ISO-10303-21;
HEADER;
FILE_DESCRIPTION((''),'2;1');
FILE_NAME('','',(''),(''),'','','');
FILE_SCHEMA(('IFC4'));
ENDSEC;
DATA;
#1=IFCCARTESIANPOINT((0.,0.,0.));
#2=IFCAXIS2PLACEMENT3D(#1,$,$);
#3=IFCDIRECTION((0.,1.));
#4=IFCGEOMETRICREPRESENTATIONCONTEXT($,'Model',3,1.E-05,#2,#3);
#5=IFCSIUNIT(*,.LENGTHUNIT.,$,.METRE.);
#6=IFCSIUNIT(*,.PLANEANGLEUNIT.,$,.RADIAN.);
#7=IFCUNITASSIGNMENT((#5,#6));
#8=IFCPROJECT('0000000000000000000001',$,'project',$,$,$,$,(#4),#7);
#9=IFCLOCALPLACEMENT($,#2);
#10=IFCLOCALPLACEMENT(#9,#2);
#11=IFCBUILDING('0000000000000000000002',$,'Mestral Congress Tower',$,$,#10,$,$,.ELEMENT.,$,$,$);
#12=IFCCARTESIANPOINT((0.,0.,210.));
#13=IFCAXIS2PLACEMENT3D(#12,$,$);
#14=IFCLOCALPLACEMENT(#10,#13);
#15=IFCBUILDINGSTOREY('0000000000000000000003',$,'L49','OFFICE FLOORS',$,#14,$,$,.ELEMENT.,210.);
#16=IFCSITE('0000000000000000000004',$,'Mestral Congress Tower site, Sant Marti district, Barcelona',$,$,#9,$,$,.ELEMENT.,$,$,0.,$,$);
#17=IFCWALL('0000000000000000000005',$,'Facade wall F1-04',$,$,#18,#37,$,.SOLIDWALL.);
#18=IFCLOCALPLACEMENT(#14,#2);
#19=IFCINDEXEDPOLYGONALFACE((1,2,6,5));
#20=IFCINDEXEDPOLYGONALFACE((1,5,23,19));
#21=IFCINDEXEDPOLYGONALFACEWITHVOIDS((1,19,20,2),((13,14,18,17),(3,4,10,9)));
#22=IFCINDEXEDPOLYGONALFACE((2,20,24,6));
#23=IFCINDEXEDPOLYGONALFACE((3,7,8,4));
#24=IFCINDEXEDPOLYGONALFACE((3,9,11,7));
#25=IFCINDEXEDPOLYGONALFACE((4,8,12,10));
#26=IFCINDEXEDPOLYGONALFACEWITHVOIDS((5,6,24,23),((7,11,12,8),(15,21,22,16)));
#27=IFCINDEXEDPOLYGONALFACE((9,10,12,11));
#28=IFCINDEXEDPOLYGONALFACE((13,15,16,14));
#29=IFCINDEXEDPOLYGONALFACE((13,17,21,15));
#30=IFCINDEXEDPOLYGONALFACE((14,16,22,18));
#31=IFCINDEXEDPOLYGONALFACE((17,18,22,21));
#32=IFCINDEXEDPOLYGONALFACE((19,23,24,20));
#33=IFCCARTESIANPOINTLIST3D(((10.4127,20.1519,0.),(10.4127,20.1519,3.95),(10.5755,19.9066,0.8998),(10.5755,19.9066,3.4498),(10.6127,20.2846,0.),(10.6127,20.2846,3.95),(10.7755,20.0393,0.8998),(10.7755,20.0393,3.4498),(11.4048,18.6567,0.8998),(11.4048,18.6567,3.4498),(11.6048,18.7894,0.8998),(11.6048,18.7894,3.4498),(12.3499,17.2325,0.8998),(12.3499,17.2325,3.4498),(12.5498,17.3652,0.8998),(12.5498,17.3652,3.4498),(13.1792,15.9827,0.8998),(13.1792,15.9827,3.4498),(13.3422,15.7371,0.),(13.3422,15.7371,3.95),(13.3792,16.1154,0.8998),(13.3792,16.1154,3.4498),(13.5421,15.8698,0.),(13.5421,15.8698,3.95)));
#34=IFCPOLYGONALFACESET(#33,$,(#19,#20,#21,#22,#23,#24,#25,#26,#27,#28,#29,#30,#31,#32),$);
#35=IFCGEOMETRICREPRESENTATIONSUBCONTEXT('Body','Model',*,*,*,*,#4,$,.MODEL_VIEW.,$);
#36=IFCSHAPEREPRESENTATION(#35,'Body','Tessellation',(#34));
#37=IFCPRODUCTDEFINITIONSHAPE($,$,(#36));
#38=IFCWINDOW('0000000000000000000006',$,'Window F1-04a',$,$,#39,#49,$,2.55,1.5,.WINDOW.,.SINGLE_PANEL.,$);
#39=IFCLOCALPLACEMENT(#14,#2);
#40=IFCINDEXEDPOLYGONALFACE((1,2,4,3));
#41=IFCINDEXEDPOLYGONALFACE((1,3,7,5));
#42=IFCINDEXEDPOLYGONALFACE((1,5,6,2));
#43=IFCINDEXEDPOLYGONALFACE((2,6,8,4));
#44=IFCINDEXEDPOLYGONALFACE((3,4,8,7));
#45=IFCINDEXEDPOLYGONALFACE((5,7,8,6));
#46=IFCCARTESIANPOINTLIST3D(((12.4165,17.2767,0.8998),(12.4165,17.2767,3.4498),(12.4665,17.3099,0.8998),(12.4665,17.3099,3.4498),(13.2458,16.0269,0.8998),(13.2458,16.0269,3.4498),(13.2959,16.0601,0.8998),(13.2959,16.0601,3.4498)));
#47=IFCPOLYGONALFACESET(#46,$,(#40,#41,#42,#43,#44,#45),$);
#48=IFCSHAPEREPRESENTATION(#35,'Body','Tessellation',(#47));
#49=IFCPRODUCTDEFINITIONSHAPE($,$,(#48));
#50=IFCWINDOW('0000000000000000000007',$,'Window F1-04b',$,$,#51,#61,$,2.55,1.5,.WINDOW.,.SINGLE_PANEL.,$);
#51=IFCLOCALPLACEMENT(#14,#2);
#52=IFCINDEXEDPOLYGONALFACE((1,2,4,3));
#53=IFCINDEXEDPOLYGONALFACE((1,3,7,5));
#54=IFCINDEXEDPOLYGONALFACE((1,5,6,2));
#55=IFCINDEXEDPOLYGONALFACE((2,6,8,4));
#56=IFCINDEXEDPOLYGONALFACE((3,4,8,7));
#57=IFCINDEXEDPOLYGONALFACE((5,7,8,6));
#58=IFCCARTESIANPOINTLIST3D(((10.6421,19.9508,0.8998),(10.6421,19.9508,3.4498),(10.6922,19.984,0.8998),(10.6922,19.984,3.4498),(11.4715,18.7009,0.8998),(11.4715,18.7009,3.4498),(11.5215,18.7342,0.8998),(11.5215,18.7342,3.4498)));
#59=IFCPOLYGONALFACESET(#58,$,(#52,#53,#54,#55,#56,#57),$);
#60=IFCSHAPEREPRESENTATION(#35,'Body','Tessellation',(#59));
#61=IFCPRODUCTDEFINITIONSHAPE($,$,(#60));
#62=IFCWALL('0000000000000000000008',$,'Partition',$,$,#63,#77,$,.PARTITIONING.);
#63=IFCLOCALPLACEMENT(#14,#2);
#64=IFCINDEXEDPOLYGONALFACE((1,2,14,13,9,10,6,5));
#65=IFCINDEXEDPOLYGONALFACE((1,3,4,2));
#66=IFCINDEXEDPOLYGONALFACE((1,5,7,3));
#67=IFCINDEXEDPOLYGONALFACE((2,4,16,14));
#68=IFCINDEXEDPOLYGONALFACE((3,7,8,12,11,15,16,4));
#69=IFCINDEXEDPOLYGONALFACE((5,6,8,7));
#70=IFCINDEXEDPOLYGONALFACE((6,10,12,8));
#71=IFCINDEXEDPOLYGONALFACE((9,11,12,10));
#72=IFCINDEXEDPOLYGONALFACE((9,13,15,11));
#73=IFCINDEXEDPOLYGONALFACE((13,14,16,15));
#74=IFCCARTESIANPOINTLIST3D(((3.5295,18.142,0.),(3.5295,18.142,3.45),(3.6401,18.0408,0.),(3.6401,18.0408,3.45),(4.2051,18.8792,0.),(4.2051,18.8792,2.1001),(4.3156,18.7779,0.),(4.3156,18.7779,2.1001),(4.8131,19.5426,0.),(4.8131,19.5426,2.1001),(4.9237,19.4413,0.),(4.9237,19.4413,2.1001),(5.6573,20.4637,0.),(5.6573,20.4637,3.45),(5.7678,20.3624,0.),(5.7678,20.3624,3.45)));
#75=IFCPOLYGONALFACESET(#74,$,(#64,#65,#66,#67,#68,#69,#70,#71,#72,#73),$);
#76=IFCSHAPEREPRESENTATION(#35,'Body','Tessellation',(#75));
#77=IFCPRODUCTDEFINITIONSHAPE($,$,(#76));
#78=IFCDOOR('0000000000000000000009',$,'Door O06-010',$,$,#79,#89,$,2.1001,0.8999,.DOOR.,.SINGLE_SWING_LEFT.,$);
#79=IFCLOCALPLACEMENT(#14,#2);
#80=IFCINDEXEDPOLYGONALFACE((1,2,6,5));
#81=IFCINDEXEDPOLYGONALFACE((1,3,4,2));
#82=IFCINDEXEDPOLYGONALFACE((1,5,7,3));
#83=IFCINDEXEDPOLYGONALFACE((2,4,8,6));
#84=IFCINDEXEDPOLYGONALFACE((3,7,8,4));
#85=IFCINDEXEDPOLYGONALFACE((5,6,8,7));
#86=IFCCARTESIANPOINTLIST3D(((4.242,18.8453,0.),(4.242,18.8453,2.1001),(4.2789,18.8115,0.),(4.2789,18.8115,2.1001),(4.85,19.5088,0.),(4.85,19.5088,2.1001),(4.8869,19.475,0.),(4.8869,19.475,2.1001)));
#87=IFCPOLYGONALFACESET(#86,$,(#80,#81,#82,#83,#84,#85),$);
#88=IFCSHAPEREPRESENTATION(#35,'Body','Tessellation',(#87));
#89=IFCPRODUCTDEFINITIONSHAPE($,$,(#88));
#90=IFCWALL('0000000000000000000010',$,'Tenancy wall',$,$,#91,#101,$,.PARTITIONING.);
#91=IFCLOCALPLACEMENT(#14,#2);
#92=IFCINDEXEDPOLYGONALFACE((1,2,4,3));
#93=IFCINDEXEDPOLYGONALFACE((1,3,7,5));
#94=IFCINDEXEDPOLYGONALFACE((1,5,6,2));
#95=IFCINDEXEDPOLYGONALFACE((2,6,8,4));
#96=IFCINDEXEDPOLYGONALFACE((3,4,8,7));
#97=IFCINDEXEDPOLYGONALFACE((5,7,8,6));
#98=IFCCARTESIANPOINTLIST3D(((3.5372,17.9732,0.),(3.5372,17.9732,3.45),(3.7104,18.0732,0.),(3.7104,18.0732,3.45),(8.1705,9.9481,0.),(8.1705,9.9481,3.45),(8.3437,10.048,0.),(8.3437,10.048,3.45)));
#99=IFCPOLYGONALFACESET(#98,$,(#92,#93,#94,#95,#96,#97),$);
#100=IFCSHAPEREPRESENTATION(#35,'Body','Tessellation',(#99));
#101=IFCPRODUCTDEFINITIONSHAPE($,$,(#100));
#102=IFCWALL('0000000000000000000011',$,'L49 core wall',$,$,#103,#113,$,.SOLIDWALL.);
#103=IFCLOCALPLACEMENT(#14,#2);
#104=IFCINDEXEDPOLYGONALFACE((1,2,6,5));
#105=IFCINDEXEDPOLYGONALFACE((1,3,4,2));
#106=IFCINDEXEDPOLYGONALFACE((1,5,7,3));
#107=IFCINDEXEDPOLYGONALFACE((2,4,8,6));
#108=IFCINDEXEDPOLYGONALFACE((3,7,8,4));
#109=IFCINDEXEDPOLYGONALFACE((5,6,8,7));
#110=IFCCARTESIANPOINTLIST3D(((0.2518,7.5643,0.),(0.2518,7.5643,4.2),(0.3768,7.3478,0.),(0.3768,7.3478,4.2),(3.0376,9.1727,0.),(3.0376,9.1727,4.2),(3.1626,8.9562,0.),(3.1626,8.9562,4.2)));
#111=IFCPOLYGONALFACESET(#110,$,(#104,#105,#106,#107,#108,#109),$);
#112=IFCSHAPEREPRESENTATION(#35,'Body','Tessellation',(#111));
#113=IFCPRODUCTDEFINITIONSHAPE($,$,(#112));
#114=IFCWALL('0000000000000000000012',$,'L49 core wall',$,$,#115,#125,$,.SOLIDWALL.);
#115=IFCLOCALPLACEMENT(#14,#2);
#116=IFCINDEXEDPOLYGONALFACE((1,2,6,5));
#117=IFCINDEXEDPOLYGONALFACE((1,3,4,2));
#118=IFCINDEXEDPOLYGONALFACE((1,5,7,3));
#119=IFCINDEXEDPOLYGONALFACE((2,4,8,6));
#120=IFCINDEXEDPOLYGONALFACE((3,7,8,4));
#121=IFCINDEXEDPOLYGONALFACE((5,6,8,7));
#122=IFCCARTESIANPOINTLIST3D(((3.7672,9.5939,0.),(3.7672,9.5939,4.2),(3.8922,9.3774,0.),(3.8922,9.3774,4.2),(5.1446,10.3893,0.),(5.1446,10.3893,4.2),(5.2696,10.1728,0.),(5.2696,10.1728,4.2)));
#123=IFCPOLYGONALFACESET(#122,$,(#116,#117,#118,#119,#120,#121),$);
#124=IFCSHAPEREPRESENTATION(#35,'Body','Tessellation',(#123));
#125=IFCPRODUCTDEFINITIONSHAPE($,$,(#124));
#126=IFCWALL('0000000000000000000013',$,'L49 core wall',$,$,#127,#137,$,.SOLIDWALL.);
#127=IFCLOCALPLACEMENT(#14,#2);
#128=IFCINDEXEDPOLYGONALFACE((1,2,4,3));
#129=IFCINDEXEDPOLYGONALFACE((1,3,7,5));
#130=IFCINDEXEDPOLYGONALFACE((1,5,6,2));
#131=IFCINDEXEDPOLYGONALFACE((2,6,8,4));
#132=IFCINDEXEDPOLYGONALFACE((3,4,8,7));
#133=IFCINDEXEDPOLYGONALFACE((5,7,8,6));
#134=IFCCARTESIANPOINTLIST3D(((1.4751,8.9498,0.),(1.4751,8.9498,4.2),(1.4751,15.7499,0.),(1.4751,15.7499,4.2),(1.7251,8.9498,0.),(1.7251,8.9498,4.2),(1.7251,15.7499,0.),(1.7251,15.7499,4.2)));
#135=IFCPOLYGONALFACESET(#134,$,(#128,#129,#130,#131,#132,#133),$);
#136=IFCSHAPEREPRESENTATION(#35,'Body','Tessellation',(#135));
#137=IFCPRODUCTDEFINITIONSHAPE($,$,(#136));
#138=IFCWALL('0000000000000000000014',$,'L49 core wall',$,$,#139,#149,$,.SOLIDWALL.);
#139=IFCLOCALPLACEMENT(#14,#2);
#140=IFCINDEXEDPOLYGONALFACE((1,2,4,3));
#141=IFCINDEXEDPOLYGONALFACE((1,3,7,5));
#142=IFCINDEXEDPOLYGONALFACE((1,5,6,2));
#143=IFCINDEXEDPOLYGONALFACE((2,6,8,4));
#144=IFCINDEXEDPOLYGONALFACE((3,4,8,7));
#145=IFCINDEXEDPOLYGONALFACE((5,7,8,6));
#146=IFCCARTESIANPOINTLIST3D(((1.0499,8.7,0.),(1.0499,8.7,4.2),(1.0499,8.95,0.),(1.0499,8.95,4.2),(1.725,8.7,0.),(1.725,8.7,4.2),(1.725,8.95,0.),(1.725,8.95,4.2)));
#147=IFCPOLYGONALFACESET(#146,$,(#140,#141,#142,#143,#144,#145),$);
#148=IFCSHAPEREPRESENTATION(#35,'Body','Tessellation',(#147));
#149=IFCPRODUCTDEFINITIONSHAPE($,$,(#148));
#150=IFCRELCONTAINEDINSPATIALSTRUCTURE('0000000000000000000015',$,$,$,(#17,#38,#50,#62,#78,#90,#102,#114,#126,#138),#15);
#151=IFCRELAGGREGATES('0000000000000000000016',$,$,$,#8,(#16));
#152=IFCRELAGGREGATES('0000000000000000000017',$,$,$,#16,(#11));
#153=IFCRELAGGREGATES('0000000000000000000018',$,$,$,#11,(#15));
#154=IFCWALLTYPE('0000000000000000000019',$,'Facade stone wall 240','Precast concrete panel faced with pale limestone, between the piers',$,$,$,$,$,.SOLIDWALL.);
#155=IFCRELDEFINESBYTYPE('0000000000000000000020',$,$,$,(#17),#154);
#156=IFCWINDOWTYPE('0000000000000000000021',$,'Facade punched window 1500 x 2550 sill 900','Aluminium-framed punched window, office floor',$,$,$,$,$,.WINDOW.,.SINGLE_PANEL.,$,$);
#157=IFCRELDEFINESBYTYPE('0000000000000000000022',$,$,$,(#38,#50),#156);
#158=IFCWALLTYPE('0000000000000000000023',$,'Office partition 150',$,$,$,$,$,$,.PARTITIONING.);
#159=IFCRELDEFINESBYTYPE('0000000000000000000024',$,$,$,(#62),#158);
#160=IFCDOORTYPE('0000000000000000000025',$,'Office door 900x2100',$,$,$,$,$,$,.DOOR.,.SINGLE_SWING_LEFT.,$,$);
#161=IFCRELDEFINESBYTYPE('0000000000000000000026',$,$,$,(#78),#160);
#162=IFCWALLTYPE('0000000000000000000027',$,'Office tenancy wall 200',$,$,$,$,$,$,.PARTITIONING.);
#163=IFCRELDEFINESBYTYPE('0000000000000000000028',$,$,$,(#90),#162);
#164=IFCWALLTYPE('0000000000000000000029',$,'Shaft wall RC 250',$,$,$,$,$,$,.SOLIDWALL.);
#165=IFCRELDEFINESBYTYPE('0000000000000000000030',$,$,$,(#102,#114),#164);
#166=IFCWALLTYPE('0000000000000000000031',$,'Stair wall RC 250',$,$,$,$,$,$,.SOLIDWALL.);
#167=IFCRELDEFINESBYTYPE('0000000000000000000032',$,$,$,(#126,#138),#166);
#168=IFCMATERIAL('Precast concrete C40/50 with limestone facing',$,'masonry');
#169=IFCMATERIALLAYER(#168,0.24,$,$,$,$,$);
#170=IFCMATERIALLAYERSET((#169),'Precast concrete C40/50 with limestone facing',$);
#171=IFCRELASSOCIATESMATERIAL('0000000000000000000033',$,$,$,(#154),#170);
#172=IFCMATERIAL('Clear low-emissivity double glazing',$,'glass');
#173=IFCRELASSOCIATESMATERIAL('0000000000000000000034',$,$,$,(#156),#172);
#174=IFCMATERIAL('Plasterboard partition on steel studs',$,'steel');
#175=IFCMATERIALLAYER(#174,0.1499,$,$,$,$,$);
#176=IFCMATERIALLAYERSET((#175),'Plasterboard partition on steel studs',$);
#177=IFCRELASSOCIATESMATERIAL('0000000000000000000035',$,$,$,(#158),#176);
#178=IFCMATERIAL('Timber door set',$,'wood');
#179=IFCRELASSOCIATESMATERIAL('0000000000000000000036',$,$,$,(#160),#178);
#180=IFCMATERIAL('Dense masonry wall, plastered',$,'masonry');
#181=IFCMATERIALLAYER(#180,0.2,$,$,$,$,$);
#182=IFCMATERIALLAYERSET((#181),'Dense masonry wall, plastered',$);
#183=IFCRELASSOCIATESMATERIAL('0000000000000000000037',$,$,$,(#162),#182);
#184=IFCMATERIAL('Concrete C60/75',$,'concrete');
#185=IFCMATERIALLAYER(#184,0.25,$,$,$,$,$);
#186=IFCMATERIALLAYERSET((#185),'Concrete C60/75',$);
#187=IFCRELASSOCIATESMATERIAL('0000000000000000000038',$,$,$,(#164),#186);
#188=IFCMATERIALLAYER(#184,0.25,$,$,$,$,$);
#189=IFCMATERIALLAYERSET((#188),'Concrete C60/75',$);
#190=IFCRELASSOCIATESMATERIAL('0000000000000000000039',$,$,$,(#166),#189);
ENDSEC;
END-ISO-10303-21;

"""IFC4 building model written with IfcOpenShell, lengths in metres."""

from ifc_helpers import new_model, si_unit, direction, frame, frame_2d, origin, place, context, subcontext, project, spatial, rectangle, extrude, material, layer, layer_set, type_object, element, fill, save


model = new_model("IFC4")

# Units and contexts
model_context = context("Model", 3, precision=1e-05, world=origin(), true_north=direction((0.0, 1.0)))
body_context = subcontext(model_context, "Body", "Model", "MODEL_VIEW")
ifc_project = project(units=[si_unit("LENGTHUNIT", "METRE"), si_unit("PLANEANGLEUNIT", "RADIAN")], contexts=[model_context])

# Site, building, storey
site_placement = place(None, origin())
site = spatial("IfcSite", under=ifc_project, at=site_placement, Name="Mestral Congress Tower site, Sant Marti district, Barcelona", CompositionType="ELEMENT", RefElevation=0.0)
building_placement = place(site_placement, origin())
building = spatial("IfcBuilding", under=site, at=building_placement, Name="Mestral Congress Tower", CompositionType="ELEMENT")
storey_placement = place(building_placement, frame((0.0, 0.0, 210.0)))
storey = spatial("IfcBuildingStorey", under=building, at=storey_placement, Name="L49", Description="OFFICE FLOORS", CompositionType="ELEMENT", Elevation=210.0)

# Shared definitions
ifc_material_1 = material(Name="Concrete C60/75", Category="concrete")

# Wall, openings, windows
ifc_material_2 = material(Name="Precast concrete C40/50 with limestone facing", Category="masonry")
ifc_layer_1 = layer(ifc_material_2, 0.24)
ifc_layer_set_1 = layer_set([ifc_layer_1], Name="Precast concrete C40/50 with limestone facing")
wall_type_1 = type_object("IfcWallType", Name="Facade stone wall 240", Description="Precast concrete panel faced with pale limestone, between the piers", PredefinedType="SOLIDWALL", material=ifc_layer_set_1)
ifc_material_3 = material(Name="Clear low-emissivity double glazing", Category="glass")
window_type = type_object("IfcWindowType", Name="Facade punched window 1500 x 2550 sill 900", Description="Aluminium-framed punched window, office floor", PartitioningType="SINGLE_PANEL", PredefinedType="WINDOW", material=ifc_material_3)
wall_1_placement = place(storey_placement, frame((13.4421, 15.8035, 0.0), z_axis=(0.0, 0.0, 1.0), x_axis=(-0.552902, 0.833246, 0.0)))
wall_1 = element("IfcWall", 1, at=wall_1_placement, inside=storey, type_object=wall_type_1, Name="Facade wall F1-04", PredefinedType="SOLIDWALL", context=body_context, shape_type="SweptSolid", body=[
    extrude(rectangle(XDim=5.2983, YDim=0.24, at=frame_2d((2.6492, 0.0))), origin(), (0.0, 0.0, 1.0), 3.95),
])
opening_1_placement = place(wall_1_placement, frame((0.2947, 0.0, 0.8999)))
opening_1 = element("IfcOpeningElement", 2, at=opening_1_placement, cuts=wall_1, PredefinedType="OPENING", context=body_context, shape_type="SweptSolid", body=[
    extrude(rectangle(XDim=1.5, YDim=2.55, at=frame_2d((0.75, 1.2749))), frame((0.0, 0.1299, 0.0), z_axis=(0.0, -1.0, 0.0), x_axis=(1.0, 0.0, 0.0)), (0.0, 0.0, 1.0), 0.26),
])
opening_2_placement = place(wall_1_placement, frame((3.5039, 0.0, 0.8999)))
opening_2 = element("IfcOpeningElement", 3, at=opening_2_placement, cuts=wall_1, PredefinedType="OPENING", context=body_context, shape_type="SweptSolid", body=[
    extrude(rectangle(XDim=1.5, YDim=2.55, at=frame_2d((0.75, 1.2749))), frame((0.0, 0.1299, 0.0), z_axis=(0.0, -1.0, 0.0), x_axis=(1.0, 0.0, 0.0)), (0.0, 0.0, 1.0), 0.26),
])
window_1_placement = place(opening_1_placement, origin())
window_1 = element("IfcWindow", 4, at=window_1_placement, inside=storey, type_object=window_type, Name="Window F1-04a", OverallHeight=2.55, OverallWidth=1.5, PartitioningType="SINGLE_PANEL", PredefinedType="WINDOW", context=body_context, shape_type="SweptSolid", body=[
    extrude(rectangle(XDim=1.5, YDim=2.55, at=frame_2d((0.75, 1.2749))), frame((0.0, 0.04, 0.0), z_axis=(0.0, -1.0, 0.0), x_axis=(1.0, 0.0, 0.0)), (0.0, 0.0, 1.0), 0.0601),
])
fill(opening_1, window_1)
window_2_placement = place(opening_2_placement, origin())
window_2 = element("IfcWindow", 5, at=window_2_placement, inside=storey, type_object=window_type, Name="Window F1-04b", OverallHeight=2.55, OverallWidth=1.5, PartitioningType="SINGLE_PANEL", PredefinedType="WINDOW", context=body_context, shape_type="SweptSolid", body=[
    extrude(rectangle(XDim=1.5, YDim=2.55, at=frame_2d((0.75, 1.2749))), frame((0.0, 0.04, 0.0), z_axis=(0.0, -1.0, 0.0), x_axis=(1.0, 0.0, 0.0)), (0.0, 0.0, 1.0), 0.0601),
])
fill(opening_2, window_2)

# Wall, opening, door
ifc_material_4 = material(Name="Plasterboard partition on steel studs", Category="steel")
ifc_layer_2 = layer(ifc_material_4, 0.1499)
ifc_layer_set_2 = layer_set([ifc_layer_2], Name="Plasterboard partition on steel studs")
wall_type_2 = type_object("IfcWallType", Name="Office partition 150", PredefinedType="PARTITIONING", material=ifc_layer_set_2)
wall_2_placement = place(storey_placement, frame((3.5847, 18.0913, 0.0), z_axis=(0.0, 0.0, 1.0), x_axis=(0.675658, 0.737215, 0.0)))
wall_2 = element("IfcWall", 6, at=wall_2_placement, inside=storey, type_object=wall_type_2, Name="Partition", PredefinedType="PARTITIONING", context=body_context, shape_type="SweptSolid", body=[
    extrude(rectangle(XDim=3.1492, YDim=0.1499, at=frame_2d((1.5747, 0.0))), origin(), (0.0, 0.0, 1.0), 3.45),
])
opening_3_placement = place(wall_2_placement, frame((1.0, 0.0, 0.0)))
opening_3 = element("IfcOpeningElement", 7, at=opening_3_placement, cuts=wall_2, PredefinedType="OPENING", context=body_context, shape_type="SweptSolid", body=[
    extrude(rectangle(XDim=0.8999, YDim=2.1001, at=frame_2d((0.45, 1.05))), frame((0.0, 0.085, 0.0), z_axis=(0.0, -1.0, 0.0), x_axis=(1.0, 0.0, 0.0)), (0.0, 0.0, 1.0), 0.1699),
])
ifc_material_5 = material(Name="Timber door set", Category="wood")
door_type_1 = type_object("IfcDoorType", Name="Office door 900x2100", OperationType="SINGLE_SWING_LEFT", PredefinedType="DOOR", material=ifc_material_5)
door_1_placement = place(opening_3_placement, origin())
door_1 = element("IfcDoor", 8, at=door_1_placement, inside=storey, type_object=door_type_1, Name="Door O06-010", OperationType="SINGLE_SWING_LEFT", OverallHeight=2.1001, OverallWidth=0.8999, PredefinedType="DOOR", context=body_context, shape_type="SweptSolid", body=[
    extrude(rectangle(XDim=0.8999, YDim=2.1001, at=frame_2d((0.45, 1.05))), frame((0.0, 0.0249, 0.0), z_axis=(0.0, -1.0, 0.0), x_axis=(1.0, 0.0, 0.0)), (0.0, 0.0, 1.0), 0.05),
])
fill(opening_3, door_1)

# Walls
ifc_material_6 = material(Name="Dense masonry wall, plastered", Category="masonry")
ifc_layer_3 = layer(ifc_material_6, 0.2)
ifc_layer_set_3 = layer_set([ifc_layer_3], Name="Dense masonry wall, plastered")
wall_type_3 = type_object("IfcWallType", Name="Office tenancy wall 200", PredefinedType="PARTITIONING", material=ifc_layer_set_3)
wall_3_placement = place(storey_placement, frame((8.2571, 9.998, 0.0), z_axis=(0.0, 0.0, 1.0), x_axis=(-0.499998, 0.866026, 0.0)))
element("IfcWall", 9, at=wall_3_placement, inside=storey, type_object=wall_type_3, Name="Tenancy wall", PredefinedType="PARTITIONING", context=body_context, shape_type="SweptSolid", body=[
    extrude(rectangle(XDim=9.2666, YDim=0.2, at=frame_2d((4.6333, 0.0))), origin(), (0.0, 0.0, 1.0), 3.45),
])
ifc_layer_4 = layer(ifc_material_1, 0.25)
ifc_layer_set_4 = layer_set([ifc_layer_4], Name="Concrete C60/75")
wall_type_4 = type_object("IfcWallType", Name="Shaft wall RC 250", PredefinedType="SOLIDWALL", material=ifc_layer_set_4)
wall_4_placement = place(storey_placement, frame((3.1001, 9.0645, 0.0), z_axis=(0.0, 0.0, 1.0), x_axis=(-0.86603, -0.499992, 0.0)))
element("IfcWall", 10, at=wall_4_placement, inside=storey, type_object=wall_type_4, Name="L49 core wall", PredefinedType="SOLIDWALL", context=body_context, shape_type="SweptSolid", body=[
    extrude(rectangle(XDim=3.2168, YDim=0.25, at=frame_2d((1.6084, 0.0))), origin(), (0.0, 0.0, 1.0), 4.2),
])
wall_5_placement = place(storey_placement, frame((3.8296, 9.4856, 0.0), z_axis=(0.0, 0.0, 1.0), x_axis=(0.865986, 0.500068, 0.0)))
element("IfcWall", 11, at=wall_5_placement, inside=storey, type_object=wall_type_4, Name="L49 core wall", PredefinedType="SOLIDWALL", context=body_context, shape_type="SweptSolid", body=[
    extrude(rectangle(XDim=1.5906, YDim=0.25, at=frame_2d((0.7954, 0.0))), origin(), (0.0, 0.0, 1.0), 4.2),
])
ifc_layer_5 = layer(ifc_material_1, 0.25)
ifc_layer_set_5 = layer_set([ifc_layer_5], Name="Concrete C60/75")
wall_type_5 = type_object("IfcWallType", Name="Stair wall RC 250", PredefinedType="SOLIDWALL", material=ifc_layer_set_5)
wall_6_placement = place(storey_placement, frame((1.6001, 8.95, 0.0), z_axis=(0.0, 0.0, 1.0), x_axis=(0.0, 1.0, 0.0)))
element("IfcWall", 12, at=wall_6_placement, inside=storey, type_object=wall_type_5, Name="L49 core wall", PredefinedType="SOLIDWALL", context=body_context, shape_type="SweptSolid", body=[
    extrude(rectangle(XDim=6.8, YDim=0.25, at=frame_2d((3.3999, 0.0))), origin(), (0.0, 0.0, 1.0), 4.2),
])
wall_7_placement = place(storey_placement, frame((1.05, 8.825, 0.0), z_axis=(0.0, 0.0, 1.0), x_axis=(1.0, 0.0, 0.0)))
element("IfcWall", 13, at=wall_7_placement, inside=storey, type_object=wall_type_5, Name="L49 core wall", PredefinedType="SOLIDWALL", context=body_context, shape_type="SweptSolid", body=[
    extrude(rectangle(XDim=0.675, YDim=0.25, at=frame_2d((0.3374, 0.0))), origin(), (0.0, 0.0, 1.0), 4.2),
])

save(model, "model.ifc")
